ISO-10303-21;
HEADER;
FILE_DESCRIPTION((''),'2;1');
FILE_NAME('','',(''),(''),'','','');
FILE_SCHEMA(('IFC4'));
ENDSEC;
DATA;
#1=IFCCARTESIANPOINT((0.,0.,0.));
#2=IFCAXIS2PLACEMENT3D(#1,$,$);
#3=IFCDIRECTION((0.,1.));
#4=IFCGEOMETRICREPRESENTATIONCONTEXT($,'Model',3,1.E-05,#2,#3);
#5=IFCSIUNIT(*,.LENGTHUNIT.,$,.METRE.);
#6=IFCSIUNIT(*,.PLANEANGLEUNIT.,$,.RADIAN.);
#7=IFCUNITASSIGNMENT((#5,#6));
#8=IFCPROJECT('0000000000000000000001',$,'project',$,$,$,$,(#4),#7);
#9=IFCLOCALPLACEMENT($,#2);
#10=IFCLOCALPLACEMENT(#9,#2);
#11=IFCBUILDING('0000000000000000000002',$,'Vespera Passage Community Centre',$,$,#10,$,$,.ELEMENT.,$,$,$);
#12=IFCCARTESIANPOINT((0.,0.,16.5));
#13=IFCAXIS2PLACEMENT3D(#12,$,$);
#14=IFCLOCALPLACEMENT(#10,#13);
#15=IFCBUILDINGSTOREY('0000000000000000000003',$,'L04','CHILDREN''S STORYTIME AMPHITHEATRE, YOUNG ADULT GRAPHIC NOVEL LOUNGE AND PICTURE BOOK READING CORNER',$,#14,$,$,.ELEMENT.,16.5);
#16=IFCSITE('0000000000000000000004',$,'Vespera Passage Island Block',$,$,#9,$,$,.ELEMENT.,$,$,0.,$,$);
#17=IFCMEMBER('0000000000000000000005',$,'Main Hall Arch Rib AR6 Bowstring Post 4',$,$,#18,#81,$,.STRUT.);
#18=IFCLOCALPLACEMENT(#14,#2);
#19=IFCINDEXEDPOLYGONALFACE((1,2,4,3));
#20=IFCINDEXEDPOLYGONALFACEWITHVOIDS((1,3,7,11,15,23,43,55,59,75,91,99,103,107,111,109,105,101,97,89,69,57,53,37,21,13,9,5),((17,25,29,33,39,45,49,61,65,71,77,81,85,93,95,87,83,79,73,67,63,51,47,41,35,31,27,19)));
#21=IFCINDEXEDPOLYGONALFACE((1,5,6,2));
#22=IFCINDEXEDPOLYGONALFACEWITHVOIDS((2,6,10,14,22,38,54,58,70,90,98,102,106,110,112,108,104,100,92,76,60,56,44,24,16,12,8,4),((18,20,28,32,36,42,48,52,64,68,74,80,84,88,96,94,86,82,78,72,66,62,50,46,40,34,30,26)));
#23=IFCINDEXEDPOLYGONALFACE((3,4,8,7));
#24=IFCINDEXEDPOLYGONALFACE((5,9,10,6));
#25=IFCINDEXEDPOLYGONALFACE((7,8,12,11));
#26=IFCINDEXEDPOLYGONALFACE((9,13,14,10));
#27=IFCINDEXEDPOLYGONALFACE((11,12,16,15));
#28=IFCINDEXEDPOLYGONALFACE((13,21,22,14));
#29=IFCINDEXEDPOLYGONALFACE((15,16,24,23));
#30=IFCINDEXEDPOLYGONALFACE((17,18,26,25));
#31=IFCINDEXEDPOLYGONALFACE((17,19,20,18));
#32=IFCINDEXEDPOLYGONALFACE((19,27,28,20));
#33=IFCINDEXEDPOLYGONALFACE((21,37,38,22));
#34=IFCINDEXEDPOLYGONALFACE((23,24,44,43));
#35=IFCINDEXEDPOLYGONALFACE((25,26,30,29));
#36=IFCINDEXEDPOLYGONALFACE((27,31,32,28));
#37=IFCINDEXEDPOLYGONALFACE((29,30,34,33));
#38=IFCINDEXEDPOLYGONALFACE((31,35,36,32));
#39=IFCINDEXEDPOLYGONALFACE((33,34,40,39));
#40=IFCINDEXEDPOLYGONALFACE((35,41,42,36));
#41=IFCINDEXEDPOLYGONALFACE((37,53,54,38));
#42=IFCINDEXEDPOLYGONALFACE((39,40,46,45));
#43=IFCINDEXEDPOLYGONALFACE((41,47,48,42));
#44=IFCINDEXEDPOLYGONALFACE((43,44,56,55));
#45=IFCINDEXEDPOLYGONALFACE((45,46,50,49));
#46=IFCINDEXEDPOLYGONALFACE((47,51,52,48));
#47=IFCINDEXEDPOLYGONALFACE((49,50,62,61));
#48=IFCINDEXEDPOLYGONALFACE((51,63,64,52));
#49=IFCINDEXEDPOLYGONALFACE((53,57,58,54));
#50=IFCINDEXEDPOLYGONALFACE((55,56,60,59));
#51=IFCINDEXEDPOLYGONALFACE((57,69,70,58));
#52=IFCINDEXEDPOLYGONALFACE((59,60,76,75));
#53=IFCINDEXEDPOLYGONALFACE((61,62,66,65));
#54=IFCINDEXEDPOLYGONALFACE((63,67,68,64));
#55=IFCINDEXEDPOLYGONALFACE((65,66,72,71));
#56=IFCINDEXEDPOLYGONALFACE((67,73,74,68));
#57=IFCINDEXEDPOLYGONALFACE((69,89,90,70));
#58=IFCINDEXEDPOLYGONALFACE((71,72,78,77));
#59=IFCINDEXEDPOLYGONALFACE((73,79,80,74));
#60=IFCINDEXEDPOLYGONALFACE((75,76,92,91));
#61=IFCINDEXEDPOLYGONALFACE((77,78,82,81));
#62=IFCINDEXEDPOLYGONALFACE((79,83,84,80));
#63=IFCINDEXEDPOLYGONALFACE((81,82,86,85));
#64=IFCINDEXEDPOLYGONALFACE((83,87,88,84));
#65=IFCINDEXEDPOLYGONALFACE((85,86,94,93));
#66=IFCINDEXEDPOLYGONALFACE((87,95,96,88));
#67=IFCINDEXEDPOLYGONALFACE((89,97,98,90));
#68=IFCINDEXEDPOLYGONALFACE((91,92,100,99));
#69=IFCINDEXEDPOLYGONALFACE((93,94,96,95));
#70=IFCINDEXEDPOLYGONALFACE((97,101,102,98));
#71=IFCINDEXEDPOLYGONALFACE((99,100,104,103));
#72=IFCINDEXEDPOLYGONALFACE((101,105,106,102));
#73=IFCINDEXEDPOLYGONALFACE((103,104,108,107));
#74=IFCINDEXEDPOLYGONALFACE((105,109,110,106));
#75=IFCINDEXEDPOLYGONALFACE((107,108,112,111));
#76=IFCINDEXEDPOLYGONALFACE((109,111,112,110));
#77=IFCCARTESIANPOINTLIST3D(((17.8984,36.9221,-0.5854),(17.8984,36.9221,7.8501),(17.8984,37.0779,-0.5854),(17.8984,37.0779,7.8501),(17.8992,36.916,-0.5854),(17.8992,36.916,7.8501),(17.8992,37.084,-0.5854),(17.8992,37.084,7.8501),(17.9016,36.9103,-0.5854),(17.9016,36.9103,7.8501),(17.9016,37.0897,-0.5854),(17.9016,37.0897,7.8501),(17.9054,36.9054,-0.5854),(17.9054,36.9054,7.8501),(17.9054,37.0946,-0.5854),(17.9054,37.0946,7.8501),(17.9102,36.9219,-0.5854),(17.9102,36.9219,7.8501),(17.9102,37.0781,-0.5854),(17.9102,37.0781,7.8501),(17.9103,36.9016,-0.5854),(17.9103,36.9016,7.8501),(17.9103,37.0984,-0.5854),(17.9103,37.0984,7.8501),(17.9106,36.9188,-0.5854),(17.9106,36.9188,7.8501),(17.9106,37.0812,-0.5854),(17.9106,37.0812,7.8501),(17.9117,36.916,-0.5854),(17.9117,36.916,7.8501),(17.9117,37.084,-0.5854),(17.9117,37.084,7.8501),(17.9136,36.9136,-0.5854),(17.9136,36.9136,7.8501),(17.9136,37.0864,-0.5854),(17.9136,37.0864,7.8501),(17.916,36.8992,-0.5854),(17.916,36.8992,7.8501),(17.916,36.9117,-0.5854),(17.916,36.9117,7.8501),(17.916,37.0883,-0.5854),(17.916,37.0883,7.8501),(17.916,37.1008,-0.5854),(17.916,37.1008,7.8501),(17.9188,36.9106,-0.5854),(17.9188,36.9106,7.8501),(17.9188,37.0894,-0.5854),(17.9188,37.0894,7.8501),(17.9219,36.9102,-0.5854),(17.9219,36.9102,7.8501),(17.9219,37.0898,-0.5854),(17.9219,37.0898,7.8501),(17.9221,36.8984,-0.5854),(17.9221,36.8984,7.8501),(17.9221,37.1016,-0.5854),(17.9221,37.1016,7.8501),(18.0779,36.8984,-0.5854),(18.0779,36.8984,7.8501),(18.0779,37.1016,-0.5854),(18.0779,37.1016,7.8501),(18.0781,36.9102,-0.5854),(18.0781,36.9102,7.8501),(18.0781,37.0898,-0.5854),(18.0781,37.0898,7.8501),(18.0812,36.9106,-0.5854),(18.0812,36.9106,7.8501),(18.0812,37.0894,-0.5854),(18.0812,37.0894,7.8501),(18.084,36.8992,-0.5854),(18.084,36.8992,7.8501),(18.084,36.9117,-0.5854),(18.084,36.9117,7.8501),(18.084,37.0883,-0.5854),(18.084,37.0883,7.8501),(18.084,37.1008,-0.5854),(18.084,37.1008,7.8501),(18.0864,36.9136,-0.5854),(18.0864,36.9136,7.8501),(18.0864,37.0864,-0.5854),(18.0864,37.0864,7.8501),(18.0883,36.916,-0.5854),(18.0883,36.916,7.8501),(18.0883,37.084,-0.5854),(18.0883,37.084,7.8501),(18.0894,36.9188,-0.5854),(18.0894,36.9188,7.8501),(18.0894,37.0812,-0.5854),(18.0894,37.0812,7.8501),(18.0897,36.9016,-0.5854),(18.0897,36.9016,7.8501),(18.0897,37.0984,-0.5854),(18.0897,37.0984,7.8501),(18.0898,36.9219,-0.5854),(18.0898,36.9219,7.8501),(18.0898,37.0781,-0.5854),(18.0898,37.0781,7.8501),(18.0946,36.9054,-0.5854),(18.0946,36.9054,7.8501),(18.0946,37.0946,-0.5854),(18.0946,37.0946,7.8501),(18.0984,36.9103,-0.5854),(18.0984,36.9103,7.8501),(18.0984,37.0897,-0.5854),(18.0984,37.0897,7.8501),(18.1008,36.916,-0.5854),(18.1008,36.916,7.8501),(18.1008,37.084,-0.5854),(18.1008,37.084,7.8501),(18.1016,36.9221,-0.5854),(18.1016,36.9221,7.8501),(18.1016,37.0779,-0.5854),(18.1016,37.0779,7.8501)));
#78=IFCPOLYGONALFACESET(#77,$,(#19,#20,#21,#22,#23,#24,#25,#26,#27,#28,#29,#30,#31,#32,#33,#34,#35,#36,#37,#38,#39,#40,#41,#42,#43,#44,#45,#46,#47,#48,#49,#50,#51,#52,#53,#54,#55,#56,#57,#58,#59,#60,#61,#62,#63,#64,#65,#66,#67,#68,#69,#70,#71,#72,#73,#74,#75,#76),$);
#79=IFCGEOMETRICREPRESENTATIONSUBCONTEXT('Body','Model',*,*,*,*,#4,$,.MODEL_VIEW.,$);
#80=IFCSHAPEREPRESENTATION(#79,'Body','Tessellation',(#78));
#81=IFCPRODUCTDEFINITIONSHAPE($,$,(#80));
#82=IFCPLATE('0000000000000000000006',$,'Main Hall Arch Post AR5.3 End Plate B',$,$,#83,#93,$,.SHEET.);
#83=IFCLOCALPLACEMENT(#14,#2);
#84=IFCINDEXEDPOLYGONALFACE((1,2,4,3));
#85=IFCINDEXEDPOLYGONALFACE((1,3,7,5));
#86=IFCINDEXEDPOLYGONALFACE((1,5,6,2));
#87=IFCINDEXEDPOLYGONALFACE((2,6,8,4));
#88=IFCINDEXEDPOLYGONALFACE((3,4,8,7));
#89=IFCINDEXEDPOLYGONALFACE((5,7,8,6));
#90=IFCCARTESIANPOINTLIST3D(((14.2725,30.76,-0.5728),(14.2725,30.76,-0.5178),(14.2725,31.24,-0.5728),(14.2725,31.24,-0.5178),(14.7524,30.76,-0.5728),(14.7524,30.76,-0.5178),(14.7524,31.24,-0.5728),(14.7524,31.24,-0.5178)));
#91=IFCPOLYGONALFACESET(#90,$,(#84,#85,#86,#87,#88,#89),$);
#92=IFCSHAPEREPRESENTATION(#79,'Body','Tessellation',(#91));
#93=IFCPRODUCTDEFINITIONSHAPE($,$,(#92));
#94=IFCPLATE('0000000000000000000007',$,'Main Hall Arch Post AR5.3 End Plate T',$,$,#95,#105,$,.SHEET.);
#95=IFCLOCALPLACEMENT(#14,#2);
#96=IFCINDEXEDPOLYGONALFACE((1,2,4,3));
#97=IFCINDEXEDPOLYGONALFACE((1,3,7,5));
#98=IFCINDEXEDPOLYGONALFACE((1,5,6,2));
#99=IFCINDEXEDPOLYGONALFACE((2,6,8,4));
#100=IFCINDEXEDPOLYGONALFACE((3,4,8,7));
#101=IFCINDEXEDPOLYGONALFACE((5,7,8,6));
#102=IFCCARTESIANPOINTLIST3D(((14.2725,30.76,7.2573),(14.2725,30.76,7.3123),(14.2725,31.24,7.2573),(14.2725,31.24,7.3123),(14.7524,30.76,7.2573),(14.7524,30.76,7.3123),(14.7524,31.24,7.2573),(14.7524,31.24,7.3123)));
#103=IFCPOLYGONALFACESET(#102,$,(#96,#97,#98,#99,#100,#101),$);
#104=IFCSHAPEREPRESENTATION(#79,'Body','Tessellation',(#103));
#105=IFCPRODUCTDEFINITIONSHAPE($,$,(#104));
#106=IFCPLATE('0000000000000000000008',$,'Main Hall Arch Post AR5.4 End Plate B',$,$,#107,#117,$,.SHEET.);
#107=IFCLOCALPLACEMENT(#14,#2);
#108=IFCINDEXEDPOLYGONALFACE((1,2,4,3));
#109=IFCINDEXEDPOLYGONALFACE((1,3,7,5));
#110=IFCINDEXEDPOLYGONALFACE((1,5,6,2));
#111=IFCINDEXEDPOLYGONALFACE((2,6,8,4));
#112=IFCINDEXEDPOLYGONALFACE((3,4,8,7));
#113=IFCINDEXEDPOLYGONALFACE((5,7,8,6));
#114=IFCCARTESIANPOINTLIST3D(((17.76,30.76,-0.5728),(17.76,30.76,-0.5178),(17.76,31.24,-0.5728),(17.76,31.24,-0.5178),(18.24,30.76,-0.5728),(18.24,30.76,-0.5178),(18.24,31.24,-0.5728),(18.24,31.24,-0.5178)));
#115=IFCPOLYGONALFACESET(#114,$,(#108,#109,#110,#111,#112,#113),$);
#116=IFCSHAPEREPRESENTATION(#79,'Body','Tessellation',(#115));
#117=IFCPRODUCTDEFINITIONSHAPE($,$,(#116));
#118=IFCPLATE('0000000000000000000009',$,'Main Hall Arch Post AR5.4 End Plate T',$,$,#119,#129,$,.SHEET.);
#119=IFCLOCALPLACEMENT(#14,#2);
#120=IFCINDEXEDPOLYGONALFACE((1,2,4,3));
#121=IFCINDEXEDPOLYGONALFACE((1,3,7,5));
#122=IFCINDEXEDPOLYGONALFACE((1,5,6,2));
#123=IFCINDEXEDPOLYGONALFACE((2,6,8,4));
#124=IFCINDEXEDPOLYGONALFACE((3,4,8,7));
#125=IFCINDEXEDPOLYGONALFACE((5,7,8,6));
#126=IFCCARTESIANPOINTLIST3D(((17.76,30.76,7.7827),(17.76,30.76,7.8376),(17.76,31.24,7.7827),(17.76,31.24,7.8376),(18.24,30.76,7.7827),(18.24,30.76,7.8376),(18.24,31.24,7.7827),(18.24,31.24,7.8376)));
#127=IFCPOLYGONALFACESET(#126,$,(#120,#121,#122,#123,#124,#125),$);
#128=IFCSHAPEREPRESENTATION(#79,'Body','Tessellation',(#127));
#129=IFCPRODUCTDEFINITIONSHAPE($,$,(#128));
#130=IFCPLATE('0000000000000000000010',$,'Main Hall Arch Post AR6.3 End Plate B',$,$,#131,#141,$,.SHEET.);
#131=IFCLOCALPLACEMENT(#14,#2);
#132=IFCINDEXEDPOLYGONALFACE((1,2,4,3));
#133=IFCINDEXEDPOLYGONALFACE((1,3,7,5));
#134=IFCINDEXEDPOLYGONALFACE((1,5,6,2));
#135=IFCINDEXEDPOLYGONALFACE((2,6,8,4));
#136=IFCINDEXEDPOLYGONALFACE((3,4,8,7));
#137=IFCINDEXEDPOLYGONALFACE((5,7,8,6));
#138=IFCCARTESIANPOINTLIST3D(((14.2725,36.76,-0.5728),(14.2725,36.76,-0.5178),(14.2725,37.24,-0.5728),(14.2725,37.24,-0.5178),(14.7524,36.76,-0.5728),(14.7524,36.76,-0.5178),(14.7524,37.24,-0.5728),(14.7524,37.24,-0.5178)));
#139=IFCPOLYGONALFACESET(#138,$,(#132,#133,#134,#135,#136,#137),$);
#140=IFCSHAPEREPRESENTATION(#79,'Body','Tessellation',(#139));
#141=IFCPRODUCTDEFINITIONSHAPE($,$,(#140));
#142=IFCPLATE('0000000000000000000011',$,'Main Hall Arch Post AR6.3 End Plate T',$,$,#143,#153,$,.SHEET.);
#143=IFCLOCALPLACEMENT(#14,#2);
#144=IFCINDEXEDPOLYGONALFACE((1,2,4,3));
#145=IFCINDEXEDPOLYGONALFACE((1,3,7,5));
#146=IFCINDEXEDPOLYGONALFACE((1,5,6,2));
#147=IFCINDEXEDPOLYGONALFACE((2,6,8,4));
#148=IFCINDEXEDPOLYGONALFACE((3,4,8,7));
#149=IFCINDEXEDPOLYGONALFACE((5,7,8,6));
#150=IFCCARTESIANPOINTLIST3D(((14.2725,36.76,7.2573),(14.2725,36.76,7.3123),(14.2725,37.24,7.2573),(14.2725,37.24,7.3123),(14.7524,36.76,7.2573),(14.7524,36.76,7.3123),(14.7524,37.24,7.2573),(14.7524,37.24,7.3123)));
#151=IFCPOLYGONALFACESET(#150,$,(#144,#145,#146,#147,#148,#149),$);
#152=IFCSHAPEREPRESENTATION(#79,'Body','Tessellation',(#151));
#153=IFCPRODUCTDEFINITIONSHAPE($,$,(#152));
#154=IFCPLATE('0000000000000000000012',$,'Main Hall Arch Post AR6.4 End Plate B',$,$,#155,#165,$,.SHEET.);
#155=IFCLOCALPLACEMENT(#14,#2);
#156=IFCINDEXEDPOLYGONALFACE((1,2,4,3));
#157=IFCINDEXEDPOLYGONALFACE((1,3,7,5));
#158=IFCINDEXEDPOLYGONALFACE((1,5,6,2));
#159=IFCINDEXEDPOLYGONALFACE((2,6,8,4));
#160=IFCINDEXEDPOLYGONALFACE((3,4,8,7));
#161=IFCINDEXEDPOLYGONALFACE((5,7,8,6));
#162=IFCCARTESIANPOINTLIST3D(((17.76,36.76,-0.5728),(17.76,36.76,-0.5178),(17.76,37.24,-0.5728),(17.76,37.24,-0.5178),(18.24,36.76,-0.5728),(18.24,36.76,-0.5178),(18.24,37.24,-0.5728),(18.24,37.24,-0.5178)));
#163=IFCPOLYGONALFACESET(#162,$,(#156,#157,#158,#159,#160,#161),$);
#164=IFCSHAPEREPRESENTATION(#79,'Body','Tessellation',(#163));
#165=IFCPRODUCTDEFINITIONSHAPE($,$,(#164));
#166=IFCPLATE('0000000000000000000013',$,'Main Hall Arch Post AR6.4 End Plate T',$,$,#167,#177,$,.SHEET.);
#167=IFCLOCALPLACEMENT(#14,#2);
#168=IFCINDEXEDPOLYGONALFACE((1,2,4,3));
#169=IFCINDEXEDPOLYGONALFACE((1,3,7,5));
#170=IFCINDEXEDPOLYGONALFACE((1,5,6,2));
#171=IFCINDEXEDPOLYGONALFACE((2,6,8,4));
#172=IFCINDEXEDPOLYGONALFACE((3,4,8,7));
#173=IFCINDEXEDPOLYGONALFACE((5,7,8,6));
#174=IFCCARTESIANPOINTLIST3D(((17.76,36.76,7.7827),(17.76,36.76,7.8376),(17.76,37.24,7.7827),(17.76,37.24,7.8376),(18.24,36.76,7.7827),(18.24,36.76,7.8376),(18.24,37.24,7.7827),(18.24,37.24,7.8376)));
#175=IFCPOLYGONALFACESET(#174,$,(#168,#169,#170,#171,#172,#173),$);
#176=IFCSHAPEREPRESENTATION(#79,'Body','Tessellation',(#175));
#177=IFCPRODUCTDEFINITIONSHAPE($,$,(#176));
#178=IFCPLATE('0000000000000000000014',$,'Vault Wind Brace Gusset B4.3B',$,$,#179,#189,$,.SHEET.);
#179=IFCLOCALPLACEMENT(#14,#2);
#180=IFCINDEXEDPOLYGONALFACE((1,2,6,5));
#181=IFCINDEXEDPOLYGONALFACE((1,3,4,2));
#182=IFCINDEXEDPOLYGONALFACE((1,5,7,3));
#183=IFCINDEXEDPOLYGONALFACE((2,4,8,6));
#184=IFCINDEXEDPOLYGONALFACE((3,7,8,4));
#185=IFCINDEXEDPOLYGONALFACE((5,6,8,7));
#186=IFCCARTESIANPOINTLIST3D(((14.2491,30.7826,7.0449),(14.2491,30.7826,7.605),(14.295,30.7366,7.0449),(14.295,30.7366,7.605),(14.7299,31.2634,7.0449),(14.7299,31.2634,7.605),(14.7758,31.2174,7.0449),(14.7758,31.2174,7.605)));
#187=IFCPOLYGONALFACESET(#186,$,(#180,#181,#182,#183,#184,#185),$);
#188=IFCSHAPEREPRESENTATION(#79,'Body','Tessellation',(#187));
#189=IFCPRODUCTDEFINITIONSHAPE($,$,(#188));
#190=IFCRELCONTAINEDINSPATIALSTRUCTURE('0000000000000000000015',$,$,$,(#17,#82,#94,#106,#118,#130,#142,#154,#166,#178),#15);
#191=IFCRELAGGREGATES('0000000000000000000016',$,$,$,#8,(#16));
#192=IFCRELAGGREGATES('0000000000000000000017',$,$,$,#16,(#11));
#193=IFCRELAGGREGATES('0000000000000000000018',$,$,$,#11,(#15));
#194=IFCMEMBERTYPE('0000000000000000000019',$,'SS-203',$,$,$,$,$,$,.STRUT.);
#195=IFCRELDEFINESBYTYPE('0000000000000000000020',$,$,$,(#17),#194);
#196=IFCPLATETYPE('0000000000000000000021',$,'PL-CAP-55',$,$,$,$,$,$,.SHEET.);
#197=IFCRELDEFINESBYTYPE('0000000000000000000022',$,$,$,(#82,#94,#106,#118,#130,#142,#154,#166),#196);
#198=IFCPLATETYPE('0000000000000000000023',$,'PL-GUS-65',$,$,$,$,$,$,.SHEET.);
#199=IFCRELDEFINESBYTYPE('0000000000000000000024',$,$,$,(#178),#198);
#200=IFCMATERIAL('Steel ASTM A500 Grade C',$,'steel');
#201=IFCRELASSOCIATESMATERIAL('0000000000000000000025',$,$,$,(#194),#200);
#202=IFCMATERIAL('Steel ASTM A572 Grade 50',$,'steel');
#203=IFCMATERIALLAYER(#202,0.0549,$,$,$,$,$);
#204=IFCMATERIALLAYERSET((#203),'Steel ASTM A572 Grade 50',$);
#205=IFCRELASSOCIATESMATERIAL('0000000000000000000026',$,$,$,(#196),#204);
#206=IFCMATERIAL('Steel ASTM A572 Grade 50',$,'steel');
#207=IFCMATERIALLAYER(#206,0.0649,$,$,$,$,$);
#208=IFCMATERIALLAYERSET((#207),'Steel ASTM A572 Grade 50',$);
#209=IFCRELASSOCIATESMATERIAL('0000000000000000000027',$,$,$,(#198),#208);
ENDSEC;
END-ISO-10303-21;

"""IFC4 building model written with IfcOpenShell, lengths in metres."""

from ifc_helpers import new_model, si_unit, direction, frame, origin, origin_2d, place, context, subcontext, project, spatial, rectangle, hollow_rectangle, extrude, material, layer, layer_set, material_profile, profile_set, type_object, element, save


model = new_model("IFC4")

# Units and contexts
model_context = context("Model", 3, precision=1e-05, world=origin(), true_north=direction((0.0, 1.0)))
body_context = subcontext(model_context, "Body", "Model", "MODEL_VIEW")
ifc_project = project(units=[si_unit("LENGTHUNIT", "METRE"), si_unit("PLANEANGLEUNIT", "RADIAN")], contexts=[model_context])

# Site, building, storey
site_placement = place(None, origin())
site = spatial("IfcSite", under=ifc_project, at=site_placement, Name="Vespera Passage Island Block", CompositionType="ELEMENT", RefElevation=0.0)
building_placement = place(site_placement, origin())
building = spatial("IfcBuilding", under=site, at=building_placement, Name="Vespera Passage Community Centre", CompositionType="ELEMENT")
storey_placement = place(building_placement, frame((0.0, 0.0, 16.5)))
storey = spatial("IfcBuildingStorey", under=building, at=storey_placement, Name="L04", Description="CHILDREN'S STORYTIME AMPHITHEATRE, YOUNG ADULT GRAPHIC NOVEL LOUNGE AND PICTURE BOOK READING CORNER", CompositionType="ELEMENT", Elevation=16.5)

# Member
ifc_material_1 = material(Name="Steel ASTM A500 Grade C", Category="steel")
ifc_material_profile_1 = material_profile(ifc_material_1, hollow_rectangle(XDim=0.2031, YDim=0.2031, WallThickness=0.0117, InnerFilletRadius=0.0117, OuterFilletRadius=0.0237, at=origin_2d()), Name="HSS203X203X12.7")
ifc_profile_set_1 = profile_set([ifc_material_profile_1], Name="Steel ASTM A500 Grade C")
member_type_1 = type_object("IfcMemberType", Name="SS-203", PredefinedType="STRUT", material=ifc_profile_set_1)
member_1_placement = place(storey_placement, frame((18.0, 37.0, -0.5854), z_axis=(0.0, 0.0, 1.0), x_axis=(1.0, 0.0, 0.0)))
element("IfcMember", 1, at=member_1_placement, inside=storey, type_object=member_type_1, Name="Main Hall Arch Rib AR6 Bowstring Post 4", PredefinedType="STRUT", context=body_context, shape_type="SweptSolid", body=[
    extrude(hollow_rectangle(XDim=0.2031, YDim=0.2031, WallThickness=0.0117, InnerFilletRadius=0.0117, OuterFilletRadius=0.0237, at=origin_2d()), origin(), (0.0, 0.0, 1.0), 8.4355),
])

# Plates
ifc_material_2 = material(Name="Steel ASTM A572 Grade 50", Category="steel")
ifc_layer_1 = layer(ifc_material_2, 0.0549)
ifc_layer_set_1 = layer_set([ifc_layer_1], Name="Steel ASTM A572 Grade 50")
plate_type_1 = type_object("IfcPlateType", Name="PL-CAP-55", PredefinedType="SHEET", material=ifc_layer_set_1)
for number, where, z_axis, x_axis, name in (
    (2, (14.5125, 31.0, -0.5728), (0.0, 0.0, 1.0), (1.0, 0.0, 0.0), "Main Hall Arch Post AR5.3 End Plate B"),
    (3, (14.5125, 31.0, 7.2573), (0.0, 0.0, 1.0), (1.0, 0.0, 0.0), "Main Hall Arch Post AR5.3 End Plate T"),
    (4, (18.0, 31.0, -0.5728), (0.0, 0.0, 1.0), (1.0, 0.0, 0.0), "Main Hall Arch Post AR5.4 End Plate B"),
    (5, (18.0, 31.0, 7.7827), (0.0, 0.0, 1.0), (1.0, 0.0, 0.0), "Main Hall Arch Post AR5.4 End Plate T"),
    (6, (14.5125, 37.0, -0.5728), (0.0, 0.0, 1.0), (1.0, 0.0, 0.0), "Main Hall Arch Post AR6.3 End Plate B"),
    (7, (14.5125, 37.0, 7.2573), (0.0, 0.0, 1.0), (1.0, 0.0, 0.0), "Main Hall Arch Post AR6.3 End Plate T"),
    (8, (18.0, 37.0, -0.5728), (0.0, 0.0, 1.0), (1.0, 0.0, 0.0), "Main Hall Arch Post AR6.4 End Plate B"),
    (9, (18.0, 37.0, 7.7827), (0.0, 0.0, 1.0), (1.0, 0.0, 0.0), "Main Hall Arch Post AR6.4 End Plate T"),
):
    element("IfcPlate", number, at=place(storey_placement, frame(where, z_axis=z_axis, x_axis=x_axis)), inside=storey, type_object=plate_type_1, Name=name, PredefinedType="SHEET", context=body_context, shape_type="SweptSolid", body=[
        extrude(rectangle(XDim=0.48, YDim=0.48, at=origin_2d()), origin(), (0.0, 0.0, 1.0), 0.0549),
    ])
ifc_material_3 = material(Name="Steel ASTM A572 Grade 50", Category="steel")
ifc_layer_2 = layer(ifc_material_3, 0.0649)
ifc_layer_set_2 = layer_set([ifc_layer_2], Name="Steel ASTM A572 Grade 50")
plate_type_2 = type_object("IfcPlateType", Name="PL-GUS-65", PredefinedType="SHEET", material=ifc_layer_set_2)
plate_placement = place(storey_placement, frame((14.5125, 31.0, 7.0449), z_axis=(0.0, 0.0, 1.0), x_axis=(0.707107, 0.707107, 0.0)))
element("IfcPlate", 10, at=plate_placement, inside=storey, type_object=plate_type_2, Name="Vault Wind Brace Gusset B4.3B", PredefinedType="SHEET", context=body_context, shape_type="SweptSolid", body=[
    extrude(rectangle(XDim=0.6799, YDim=0.0649, at=origin_2d()), origin(), (0.0, 0.0, 1.0), 0.5601),
])

save(model, "model.ifc")
